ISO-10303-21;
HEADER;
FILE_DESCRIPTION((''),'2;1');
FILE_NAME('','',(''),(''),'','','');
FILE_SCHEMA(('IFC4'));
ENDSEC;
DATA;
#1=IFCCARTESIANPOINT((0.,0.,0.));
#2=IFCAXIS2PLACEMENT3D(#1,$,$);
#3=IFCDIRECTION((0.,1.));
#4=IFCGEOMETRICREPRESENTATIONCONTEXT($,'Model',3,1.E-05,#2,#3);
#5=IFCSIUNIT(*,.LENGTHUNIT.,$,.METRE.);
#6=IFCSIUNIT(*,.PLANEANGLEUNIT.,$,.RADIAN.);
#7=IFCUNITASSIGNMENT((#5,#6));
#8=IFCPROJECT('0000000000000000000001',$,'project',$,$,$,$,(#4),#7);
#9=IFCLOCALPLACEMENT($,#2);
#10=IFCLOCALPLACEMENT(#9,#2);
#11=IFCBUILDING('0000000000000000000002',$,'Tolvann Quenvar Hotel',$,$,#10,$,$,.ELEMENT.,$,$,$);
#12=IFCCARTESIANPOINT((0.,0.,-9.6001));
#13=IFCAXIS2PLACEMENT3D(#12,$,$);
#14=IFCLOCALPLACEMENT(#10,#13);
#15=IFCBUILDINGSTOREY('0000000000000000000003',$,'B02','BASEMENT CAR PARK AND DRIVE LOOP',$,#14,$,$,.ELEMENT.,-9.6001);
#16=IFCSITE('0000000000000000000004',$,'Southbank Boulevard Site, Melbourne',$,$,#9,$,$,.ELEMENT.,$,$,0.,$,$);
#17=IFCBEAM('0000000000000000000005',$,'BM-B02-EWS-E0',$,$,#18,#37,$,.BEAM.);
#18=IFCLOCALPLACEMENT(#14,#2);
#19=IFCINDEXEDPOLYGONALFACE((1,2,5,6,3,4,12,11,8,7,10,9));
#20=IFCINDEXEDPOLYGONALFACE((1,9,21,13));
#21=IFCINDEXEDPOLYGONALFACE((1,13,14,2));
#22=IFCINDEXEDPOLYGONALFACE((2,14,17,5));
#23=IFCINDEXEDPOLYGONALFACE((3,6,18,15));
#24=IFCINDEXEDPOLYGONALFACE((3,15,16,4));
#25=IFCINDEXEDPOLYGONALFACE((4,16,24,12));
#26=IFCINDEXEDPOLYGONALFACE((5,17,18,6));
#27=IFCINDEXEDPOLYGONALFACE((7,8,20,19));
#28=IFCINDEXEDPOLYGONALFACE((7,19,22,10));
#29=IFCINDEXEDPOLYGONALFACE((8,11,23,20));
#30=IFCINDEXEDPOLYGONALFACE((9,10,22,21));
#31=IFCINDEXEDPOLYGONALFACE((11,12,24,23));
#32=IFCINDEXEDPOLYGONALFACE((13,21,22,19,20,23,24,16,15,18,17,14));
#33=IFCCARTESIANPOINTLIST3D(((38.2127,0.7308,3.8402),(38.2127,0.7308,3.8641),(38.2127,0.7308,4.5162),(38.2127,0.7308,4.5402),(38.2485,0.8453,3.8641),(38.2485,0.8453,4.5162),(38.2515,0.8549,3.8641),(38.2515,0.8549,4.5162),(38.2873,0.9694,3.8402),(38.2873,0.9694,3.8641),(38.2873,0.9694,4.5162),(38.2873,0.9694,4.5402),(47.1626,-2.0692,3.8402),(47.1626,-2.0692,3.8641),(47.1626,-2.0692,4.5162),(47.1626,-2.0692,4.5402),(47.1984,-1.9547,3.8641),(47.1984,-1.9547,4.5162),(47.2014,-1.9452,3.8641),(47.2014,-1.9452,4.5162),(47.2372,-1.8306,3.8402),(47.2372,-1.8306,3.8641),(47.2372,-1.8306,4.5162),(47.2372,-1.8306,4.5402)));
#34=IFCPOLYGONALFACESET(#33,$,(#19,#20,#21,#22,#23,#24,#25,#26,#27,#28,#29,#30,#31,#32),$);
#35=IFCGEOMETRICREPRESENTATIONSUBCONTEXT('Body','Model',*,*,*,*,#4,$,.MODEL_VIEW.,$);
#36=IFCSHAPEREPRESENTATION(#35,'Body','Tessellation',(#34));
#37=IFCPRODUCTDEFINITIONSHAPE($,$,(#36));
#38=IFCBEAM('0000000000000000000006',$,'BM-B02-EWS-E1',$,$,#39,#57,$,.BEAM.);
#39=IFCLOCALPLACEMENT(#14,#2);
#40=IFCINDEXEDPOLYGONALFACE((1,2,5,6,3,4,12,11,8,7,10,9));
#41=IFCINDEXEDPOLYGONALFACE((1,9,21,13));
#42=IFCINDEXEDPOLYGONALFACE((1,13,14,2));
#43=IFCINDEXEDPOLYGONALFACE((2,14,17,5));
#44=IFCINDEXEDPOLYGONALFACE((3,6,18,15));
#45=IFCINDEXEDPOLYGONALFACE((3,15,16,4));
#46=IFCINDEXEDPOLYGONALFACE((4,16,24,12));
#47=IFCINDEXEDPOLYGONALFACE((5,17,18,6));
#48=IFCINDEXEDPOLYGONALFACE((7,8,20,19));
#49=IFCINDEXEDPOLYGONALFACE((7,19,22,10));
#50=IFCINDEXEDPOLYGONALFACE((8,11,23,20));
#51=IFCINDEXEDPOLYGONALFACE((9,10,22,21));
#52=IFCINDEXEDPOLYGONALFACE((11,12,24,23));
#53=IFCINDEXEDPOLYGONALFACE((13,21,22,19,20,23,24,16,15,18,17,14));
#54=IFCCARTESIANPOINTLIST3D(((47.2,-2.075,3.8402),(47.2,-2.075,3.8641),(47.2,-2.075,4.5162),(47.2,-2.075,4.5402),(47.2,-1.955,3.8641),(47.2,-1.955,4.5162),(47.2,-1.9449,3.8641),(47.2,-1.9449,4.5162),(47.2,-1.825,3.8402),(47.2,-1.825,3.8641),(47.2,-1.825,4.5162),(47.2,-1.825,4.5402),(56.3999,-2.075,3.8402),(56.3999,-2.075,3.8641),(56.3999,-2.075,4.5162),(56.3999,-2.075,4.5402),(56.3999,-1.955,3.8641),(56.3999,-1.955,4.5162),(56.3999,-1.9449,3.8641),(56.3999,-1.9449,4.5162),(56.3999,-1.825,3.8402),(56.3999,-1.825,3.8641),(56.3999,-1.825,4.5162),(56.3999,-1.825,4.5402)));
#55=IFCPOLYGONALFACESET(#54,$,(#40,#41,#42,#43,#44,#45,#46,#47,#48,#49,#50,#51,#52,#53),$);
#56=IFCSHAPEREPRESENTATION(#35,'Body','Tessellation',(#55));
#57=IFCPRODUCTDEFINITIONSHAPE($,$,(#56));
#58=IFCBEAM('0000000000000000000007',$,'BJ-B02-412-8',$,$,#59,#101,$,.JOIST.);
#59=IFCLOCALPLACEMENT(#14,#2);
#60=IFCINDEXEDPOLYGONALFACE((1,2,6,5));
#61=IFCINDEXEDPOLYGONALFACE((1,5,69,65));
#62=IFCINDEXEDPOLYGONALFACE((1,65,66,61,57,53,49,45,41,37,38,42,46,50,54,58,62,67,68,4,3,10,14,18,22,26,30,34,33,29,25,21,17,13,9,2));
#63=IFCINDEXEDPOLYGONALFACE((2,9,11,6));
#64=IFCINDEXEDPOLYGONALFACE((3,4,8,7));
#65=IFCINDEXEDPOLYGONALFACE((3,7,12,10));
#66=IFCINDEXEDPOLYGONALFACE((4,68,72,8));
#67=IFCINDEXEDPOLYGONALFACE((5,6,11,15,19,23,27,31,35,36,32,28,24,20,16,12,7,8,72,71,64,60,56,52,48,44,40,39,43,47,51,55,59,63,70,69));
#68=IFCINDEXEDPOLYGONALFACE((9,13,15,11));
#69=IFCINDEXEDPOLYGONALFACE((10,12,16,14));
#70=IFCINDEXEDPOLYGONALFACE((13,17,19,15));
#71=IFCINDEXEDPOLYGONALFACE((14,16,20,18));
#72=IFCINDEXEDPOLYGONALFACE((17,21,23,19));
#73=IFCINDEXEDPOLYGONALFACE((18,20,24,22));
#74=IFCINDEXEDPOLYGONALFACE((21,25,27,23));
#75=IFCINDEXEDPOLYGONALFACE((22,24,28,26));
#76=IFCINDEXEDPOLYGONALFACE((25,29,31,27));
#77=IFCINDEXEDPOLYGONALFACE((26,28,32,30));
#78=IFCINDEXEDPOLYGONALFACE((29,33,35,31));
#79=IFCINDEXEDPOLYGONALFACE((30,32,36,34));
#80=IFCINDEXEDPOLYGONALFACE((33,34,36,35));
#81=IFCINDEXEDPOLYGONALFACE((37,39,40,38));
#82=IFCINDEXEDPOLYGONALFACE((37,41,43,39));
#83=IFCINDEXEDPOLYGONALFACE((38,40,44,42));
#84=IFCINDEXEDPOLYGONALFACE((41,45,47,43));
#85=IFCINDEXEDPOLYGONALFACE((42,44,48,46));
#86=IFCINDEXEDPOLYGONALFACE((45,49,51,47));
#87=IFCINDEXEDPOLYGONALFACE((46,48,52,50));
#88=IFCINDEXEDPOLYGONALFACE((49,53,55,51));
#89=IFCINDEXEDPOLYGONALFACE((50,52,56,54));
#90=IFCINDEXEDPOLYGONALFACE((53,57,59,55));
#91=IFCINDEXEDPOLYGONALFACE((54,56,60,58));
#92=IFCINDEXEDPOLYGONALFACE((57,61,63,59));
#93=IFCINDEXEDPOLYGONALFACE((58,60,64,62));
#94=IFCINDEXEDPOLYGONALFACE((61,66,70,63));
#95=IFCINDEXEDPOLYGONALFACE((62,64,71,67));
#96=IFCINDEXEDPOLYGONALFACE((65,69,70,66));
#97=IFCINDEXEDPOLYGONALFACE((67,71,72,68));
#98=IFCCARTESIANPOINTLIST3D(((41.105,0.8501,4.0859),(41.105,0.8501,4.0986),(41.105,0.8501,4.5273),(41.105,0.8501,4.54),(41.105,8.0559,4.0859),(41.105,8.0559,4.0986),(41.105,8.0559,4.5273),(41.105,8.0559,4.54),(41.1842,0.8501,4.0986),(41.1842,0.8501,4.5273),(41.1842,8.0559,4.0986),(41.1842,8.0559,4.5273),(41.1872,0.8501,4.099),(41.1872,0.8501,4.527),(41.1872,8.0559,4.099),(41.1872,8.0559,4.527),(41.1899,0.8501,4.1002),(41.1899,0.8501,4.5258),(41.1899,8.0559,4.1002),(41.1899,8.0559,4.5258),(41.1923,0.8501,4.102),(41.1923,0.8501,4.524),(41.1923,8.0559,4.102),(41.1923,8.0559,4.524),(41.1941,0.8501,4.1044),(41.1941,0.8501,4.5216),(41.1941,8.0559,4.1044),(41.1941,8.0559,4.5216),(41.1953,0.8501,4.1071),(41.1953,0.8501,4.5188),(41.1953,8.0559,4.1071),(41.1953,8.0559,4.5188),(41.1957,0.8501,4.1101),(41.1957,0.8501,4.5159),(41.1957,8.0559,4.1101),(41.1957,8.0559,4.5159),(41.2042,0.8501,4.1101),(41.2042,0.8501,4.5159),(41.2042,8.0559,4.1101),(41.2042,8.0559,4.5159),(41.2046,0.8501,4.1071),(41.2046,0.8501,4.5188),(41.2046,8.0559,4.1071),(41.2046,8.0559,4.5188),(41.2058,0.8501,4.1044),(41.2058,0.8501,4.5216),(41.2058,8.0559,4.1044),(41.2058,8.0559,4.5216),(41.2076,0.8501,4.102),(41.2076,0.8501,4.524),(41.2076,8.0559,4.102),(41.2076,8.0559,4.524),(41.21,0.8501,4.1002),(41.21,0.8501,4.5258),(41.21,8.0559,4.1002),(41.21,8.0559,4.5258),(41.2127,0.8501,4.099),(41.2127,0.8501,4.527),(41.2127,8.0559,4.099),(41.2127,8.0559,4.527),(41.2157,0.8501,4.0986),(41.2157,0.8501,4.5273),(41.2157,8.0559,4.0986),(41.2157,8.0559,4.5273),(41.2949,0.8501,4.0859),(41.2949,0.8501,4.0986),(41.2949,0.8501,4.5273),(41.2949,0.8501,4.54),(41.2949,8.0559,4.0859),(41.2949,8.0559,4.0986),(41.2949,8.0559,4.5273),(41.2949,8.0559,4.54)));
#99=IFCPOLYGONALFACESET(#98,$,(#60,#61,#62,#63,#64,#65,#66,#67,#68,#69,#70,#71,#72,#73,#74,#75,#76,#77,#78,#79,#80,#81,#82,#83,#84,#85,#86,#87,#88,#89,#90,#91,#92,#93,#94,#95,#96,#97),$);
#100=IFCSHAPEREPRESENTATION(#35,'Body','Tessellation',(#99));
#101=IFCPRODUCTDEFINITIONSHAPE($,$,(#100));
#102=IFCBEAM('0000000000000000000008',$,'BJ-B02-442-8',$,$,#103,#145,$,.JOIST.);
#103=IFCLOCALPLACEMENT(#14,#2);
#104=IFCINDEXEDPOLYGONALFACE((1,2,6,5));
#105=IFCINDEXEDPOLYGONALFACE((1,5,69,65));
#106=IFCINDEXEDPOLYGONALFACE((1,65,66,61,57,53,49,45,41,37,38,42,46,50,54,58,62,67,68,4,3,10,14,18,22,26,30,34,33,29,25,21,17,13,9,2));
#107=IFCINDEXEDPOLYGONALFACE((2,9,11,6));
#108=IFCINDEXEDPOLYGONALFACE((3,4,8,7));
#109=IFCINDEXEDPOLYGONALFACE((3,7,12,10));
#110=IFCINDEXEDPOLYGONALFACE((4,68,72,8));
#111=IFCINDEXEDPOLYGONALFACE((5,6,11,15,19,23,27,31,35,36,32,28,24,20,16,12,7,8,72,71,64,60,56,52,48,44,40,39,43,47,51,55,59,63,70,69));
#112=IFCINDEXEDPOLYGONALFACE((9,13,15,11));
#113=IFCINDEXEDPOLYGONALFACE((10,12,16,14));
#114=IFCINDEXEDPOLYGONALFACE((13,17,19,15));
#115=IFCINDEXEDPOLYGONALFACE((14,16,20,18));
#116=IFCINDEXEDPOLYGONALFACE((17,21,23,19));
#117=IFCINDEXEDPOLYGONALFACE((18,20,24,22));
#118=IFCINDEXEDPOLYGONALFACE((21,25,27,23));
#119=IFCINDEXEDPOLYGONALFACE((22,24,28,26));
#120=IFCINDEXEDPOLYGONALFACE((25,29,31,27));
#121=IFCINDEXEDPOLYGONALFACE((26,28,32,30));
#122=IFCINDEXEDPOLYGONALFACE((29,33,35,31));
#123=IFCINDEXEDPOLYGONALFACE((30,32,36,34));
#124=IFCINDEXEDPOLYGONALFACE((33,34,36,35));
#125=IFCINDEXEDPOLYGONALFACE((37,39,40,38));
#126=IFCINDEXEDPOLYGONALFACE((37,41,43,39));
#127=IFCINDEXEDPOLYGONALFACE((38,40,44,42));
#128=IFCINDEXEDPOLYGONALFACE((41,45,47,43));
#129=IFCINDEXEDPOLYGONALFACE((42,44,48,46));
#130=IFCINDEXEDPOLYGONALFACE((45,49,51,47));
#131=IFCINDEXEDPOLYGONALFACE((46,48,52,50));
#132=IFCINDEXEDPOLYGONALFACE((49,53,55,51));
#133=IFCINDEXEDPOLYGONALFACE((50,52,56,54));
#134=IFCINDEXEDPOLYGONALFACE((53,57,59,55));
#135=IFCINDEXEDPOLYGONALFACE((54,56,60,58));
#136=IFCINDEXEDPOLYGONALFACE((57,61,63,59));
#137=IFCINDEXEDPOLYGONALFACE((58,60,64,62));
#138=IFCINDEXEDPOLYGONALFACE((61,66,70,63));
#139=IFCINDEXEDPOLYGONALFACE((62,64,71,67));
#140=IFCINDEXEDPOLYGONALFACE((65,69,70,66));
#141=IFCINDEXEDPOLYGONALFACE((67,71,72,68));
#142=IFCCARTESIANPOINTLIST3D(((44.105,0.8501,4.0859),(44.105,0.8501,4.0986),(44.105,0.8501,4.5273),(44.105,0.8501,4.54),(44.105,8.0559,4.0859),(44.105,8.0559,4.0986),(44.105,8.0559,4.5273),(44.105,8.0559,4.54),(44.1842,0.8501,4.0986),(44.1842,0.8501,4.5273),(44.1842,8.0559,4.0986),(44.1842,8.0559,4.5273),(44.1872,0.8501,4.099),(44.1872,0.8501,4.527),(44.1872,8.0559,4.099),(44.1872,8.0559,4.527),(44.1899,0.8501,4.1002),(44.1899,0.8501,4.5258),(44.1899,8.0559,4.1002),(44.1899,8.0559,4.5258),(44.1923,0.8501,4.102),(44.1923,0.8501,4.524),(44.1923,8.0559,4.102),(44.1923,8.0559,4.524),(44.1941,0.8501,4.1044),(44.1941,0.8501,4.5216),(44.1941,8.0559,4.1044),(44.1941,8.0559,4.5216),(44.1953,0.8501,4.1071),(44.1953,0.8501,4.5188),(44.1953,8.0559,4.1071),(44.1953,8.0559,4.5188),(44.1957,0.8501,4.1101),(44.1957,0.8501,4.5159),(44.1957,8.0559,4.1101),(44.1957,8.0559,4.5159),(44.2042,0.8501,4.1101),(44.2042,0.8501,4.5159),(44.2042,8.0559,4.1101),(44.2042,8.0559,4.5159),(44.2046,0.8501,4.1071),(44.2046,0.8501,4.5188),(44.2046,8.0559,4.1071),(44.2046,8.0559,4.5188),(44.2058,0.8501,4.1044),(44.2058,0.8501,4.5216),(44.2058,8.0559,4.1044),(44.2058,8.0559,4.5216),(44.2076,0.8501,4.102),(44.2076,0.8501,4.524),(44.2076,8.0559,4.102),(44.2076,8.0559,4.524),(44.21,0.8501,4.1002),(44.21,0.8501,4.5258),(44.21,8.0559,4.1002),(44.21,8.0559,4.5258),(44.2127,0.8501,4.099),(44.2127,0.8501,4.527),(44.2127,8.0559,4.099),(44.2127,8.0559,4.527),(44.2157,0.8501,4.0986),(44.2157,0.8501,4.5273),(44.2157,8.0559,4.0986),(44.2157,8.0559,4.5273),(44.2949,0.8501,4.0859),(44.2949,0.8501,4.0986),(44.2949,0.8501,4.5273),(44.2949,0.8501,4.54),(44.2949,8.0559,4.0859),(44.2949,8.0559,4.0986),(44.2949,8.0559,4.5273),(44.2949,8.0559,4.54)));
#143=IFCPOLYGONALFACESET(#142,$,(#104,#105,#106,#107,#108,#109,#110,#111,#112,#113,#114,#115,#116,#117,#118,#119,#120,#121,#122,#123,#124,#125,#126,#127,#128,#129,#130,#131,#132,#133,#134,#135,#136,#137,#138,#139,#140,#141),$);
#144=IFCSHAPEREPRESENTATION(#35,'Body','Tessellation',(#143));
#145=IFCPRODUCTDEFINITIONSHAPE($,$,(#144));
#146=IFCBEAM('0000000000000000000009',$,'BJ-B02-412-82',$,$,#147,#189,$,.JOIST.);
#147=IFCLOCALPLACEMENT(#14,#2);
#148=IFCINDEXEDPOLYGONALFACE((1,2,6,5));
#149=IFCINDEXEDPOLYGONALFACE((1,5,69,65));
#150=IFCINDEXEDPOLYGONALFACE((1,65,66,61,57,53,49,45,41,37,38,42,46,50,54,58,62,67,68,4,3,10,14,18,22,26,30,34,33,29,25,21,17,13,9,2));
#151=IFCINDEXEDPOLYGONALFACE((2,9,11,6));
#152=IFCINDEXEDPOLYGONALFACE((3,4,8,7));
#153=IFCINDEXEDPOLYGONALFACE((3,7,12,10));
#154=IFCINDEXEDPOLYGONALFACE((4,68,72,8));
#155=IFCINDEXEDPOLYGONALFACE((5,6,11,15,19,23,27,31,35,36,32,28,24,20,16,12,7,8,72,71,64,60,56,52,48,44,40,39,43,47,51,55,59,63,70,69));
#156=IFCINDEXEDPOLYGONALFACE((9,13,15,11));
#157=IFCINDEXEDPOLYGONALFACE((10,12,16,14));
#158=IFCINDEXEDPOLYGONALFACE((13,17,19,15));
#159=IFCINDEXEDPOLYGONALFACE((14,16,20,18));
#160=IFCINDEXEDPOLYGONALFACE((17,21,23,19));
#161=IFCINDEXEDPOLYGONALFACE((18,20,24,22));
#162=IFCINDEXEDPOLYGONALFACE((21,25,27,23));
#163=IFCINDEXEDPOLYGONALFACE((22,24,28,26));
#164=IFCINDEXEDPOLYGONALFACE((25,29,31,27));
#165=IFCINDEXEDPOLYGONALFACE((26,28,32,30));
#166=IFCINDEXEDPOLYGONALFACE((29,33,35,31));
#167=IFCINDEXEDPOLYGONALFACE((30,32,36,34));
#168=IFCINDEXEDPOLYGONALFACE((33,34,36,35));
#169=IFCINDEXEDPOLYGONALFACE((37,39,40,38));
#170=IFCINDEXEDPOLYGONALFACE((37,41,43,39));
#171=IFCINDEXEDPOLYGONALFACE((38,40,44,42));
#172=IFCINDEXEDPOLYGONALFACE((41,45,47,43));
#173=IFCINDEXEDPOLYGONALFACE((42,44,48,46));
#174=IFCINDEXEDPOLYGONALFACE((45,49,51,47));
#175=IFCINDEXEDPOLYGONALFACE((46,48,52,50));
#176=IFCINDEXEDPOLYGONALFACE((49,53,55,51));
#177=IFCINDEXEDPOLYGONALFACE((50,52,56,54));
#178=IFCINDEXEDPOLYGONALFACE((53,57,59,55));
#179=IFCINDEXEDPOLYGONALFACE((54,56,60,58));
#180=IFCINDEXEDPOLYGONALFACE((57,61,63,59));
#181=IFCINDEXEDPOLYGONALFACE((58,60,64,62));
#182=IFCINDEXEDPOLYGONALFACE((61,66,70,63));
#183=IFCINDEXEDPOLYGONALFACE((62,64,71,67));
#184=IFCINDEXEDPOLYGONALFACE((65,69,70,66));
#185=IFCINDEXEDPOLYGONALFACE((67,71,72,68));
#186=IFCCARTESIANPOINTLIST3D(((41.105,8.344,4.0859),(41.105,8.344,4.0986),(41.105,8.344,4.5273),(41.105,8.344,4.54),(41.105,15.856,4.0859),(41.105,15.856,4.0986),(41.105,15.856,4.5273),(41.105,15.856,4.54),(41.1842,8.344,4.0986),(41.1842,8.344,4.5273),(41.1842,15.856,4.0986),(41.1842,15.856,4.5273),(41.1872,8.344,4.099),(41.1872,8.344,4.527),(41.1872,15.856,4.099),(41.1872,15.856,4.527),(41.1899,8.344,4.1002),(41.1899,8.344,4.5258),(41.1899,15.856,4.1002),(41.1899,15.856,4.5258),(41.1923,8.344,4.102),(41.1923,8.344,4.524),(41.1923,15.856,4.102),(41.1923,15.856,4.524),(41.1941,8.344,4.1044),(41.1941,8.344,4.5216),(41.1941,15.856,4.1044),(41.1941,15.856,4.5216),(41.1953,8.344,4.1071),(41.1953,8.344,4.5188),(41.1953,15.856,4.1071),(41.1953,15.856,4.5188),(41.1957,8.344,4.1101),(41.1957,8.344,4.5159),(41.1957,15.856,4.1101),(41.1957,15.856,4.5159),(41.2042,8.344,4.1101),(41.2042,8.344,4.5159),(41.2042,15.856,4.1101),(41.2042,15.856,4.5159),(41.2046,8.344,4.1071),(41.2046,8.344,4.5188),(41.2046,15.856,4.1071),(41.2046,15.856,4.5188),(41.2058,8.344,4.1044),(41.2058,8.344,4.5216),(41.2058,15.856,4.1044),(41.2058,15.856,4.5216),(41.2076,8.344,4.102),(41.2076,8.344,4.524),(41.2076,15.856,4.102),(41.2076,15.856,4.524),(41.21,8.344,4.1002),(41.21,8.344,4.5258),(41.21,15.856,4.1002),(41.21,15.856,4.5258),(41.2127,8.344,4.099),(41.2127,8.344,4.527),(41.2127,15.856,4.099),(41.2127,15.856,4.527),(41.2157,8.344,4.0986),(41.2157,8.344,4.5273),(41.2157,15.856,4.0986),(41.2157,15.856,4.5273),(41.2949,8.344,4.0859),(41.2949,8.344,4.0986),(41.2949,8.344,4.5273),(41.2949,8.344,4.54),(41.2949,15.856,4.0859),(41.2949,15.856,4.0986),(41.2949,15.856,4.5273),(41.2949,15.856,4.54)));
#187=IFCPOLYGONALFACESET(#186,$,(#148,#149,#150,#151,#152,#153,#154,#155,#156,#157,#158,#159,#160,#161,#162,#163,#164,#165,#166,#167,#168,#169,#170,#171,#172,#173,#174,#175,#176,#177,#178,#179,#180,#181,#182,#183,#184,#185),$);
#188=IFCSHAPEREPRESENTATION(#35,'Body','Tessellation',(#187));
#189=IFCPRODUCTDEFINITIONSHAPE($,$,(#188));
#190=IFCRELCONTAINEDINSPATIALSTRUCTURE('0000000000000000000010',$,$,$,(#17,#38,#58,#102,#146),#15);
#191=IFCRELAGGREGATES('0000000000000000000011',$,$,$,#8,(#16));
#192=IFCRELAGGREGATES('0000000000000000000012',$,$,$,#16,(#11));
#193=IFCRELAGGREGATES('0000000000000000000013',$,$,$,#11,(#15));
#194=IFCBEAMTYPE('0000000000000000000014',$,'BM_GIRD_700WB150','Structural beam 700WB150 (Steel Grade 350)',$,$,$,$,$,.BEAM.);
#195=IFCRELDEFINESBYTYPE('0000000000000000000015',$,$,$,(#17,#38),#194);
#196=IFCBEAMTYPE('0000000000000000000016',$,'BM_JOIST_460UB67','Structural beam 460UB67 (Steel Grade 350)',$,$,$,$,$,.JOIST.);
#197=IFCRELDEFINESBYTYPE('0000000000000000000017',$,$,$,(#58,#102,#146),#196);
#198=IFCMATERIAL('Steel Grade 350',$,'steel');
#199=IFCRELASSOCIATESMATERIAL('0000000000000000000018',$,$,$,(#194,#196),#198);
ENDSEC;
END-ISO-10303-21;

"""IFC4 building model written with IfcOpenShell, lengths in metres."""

from ifc_helpers import new_model, si_unit, direction, frame, origin, origin_2d, place, context, subcontext, project, spatial, i_section, extrude, source, transform, mapped, material, material_profile, profile_set, type_object, element, save


model = new_model("IFC4")

# Units and contexts
model_context = context("Model", 3, precision=1e-05, world=origin(), true_north=direction((0.0, 1.0)))
body_context = subcontext(model_context, "Body", "Model", "MODEL_VIEW")
ifc_project = project(units=[si_unit("LENGTHUNIT", "METRE"), si_unit("PLANEANGLEUNIT", "RADIAN")], contexts=[model_context])

# Site, building, storey
site_placement = place(None, origin())
site = spatial("IfcSite", under=ifc_project, at=site_placement, Name="Southbank Boulevard Site, Melbourne", CompositionType="ELEMENT", RefElevation=0.0)
building_placement = place(site_placement, origin())
building = spatial("IfcBuilding", under=site, at=building_placement, Name="Tolvann Quenvar Hotel", CompositionType="ELEMENT")
storey_placement = place(building_placement, frame((0.0, 0.0, -9.6001)))
storey = spatial("IfcBuildingStorey", under=building, at=storey_placement, Name="B02", Description="BASEMENT CAR PARK AND DRIVE LOOP", CompositionType="ELEMENT", Elevation=-9.6001)

# Beams
ifc_material_1 = material(Name="Steel Grade 350", Category="steel")
ifc_material_profile_1 = material_profile(ifc_material_1, i_section(OverallWidth=0.25, OverallDepth=0.7, WebThickness=0.01, FlangeThickness=0.0239, at=origin_2d()), Name="700WB150")
ifc_profile_set_1 = profile_set([ifc_material_profile_1], Name="Steel Grade 350")
beam_type_1 = type_object("IfcBeamType", Name="BM_GIRD_700WB150", Description="Structural beam 700WB150 (Steel Grade 350)", PredefinedType="BEAM", material=ifc_profile_set_1)
shared_shape_1 = source(origin(), body_context, "Body", "SweptSolid", [
    extrude(i_section(OverallWidth=0.25, OverallDepth=0.7, WebThickness=0.01, FlangeThickness=0.0239, at=origin_2d()), origin(), (0.0, 0.0, 1.0), 9.3777),
])
beam_1_placement = place(storey_placement, frame((38.25, 0.8501, 4.1902), z_axis=(0.954383, -0.298585, 0.0), x_axis=(0.298585, 0.954383, 0.0)))
element("IfcBeam", 1, at=beam_1_placement, inside=storey, type_object=beam_type_1, Name="BM-B02-EWS-E0", PredefinedType="BEAM", context=body_context, shape_type="MappedRepresentation", body=[
    mapped(shared_shape_1, transform((0.0, 0.0, 0.0), x_axis=(1.0, 0.0, 0.0), y_axis=(0.0, 1.0, 0.0), z_axis=(0.0, 0.0, 1.0), scale=1.0)),
])
shared_shape_2 = source(origin(), body_context, "Body", "SweptSolid", [
    extrude(i_section(OverallWidth=0.25, OverallDepth=0.7, WebThickness=0.01, FlangeThickness=0.0239, at=origin_2d()), origin(), (0.0, 0.0, 1.0), 9.2),
])
beam_2_placement = place(storey_placement, frame((47.2, -1.95, 4.1902), z_axis=(1.0, 0.0, 0.0), x_axis=(0.0, 1.0, 0.0)))
element("IfcBeam", 2, at=beam_2_placement, inside=storey, type_object=beam_type_1, Name="BM-B02-EWS-E1", PredefinedType="BEAM", context=body_context, shape_type="MappedRepresentation", body=[
    mapped(shared_shape_2, transform((0.0, 0.0, 0.0), x_axis=(1.0, 0.0, 0.0), y_axis=(0.0, 1.0, 0.0), z_axis=(0.0, 0.0, 1.0), scale=1.0)),
])
ifc_material_profile_2 = material_profile(ifc_material_1, i_section(OverallWidth=0.1899, OverallDepth=0.4541, WebThickness=0.0085, FlangeThickness=0.0127, FilletRadius=0.0115, at=origin_2d()), Name="460UB67")
ifc_profile_set_2 = profile_set([ifc_material_profile_2], Name="Steel Grade 350")
beam_type_2 = type_object("IfcBeamType", Name="BM_JOIST_460UB67", Description="Structural beam 460UB67 (Steel Grade 350)", PredefinedType="JOIST", material=ifc_profile_set_2)
shared_shape_3 = source(origin(), body_context, "Body", "SweptSolid", [
    extrude(i_section(OverallWidth=0.1899, OverallDepth=0.4541, WebThickness=0.0085, FlangeThickness=0.0127, FilletRadius=0.0115, at=origin_2d()), origin(), (0.0, 0.0, 1.0), 7.2058),
])
for number, where, z_axis, x_axis, name in (
    (3, (41.2, 0.8501, 4.313), (0.0, 1.0, 0.0), (-1.0, 0.0, 0.0), "BJ-B02-412-8"),
    (4, (44.2, 0.8501, 4.313), (0.0, 1.0, 0.0), (-1.0, 0.0, 0.0), "BJ-B02-442-8"),
):
    element("IfcBeam", number, at=place(storey_placement, frame(where, z_axis=z_axis, x_axis=x_axis)), inside=storey, type_object=beam_type_2, Name=name, PredefinedType="JOIST", context=body_context, shape_type="MappedRepresentation", body=[
        mapped(shared_shape_3, transform((0.0, 0.0, 0.0), x_axis=(1.0, 0.0, 0.0), y_axis=(0.0, 1.0, 0.0), z_axis=(0.0, 0.0, 1.0), scale=1.0)),
    ])
shared_shape_4 = source(origin(), body_context, "Body", "SweptSolid", [
    extrude(i_section(OverallWidth=0.1899, OverallDepth=0.4541, WebThickness=0.0085, FlangeThickness=0.0127, FilletRadius=0.0115, at=origin_2d()), origin(), (0.0, 0.0, 1.0), 7.512),
])
for number, where, z_axis, x_axis, name in (
    (5, (41.2, 8.344, 4.313), (0.0, 1.0, 0.0), (-1.0, 0.0, 0.0), "BJ-B02-412-82"),
):
    element("IfcBeam", number, at=place(storey_placement, frame(where, z_axis=z_axis, x_axis=x_axis)), inside=storey, type_object=beam_type_2, Name=name, PredefinedType="JOIST", context=body_context, shape_type="MappedRepresentation", body=[
        mapped(shared_shape_4, transform((0.0, 0.0, 0.0), x_axis=(1.0, 0.0, 0.0), y_axis=(0.0, 1.0, 0.0), z_axis=(0.0, 0.0, 1.0), scale=1.0)),
    ])

save(model, "model.ifc")
